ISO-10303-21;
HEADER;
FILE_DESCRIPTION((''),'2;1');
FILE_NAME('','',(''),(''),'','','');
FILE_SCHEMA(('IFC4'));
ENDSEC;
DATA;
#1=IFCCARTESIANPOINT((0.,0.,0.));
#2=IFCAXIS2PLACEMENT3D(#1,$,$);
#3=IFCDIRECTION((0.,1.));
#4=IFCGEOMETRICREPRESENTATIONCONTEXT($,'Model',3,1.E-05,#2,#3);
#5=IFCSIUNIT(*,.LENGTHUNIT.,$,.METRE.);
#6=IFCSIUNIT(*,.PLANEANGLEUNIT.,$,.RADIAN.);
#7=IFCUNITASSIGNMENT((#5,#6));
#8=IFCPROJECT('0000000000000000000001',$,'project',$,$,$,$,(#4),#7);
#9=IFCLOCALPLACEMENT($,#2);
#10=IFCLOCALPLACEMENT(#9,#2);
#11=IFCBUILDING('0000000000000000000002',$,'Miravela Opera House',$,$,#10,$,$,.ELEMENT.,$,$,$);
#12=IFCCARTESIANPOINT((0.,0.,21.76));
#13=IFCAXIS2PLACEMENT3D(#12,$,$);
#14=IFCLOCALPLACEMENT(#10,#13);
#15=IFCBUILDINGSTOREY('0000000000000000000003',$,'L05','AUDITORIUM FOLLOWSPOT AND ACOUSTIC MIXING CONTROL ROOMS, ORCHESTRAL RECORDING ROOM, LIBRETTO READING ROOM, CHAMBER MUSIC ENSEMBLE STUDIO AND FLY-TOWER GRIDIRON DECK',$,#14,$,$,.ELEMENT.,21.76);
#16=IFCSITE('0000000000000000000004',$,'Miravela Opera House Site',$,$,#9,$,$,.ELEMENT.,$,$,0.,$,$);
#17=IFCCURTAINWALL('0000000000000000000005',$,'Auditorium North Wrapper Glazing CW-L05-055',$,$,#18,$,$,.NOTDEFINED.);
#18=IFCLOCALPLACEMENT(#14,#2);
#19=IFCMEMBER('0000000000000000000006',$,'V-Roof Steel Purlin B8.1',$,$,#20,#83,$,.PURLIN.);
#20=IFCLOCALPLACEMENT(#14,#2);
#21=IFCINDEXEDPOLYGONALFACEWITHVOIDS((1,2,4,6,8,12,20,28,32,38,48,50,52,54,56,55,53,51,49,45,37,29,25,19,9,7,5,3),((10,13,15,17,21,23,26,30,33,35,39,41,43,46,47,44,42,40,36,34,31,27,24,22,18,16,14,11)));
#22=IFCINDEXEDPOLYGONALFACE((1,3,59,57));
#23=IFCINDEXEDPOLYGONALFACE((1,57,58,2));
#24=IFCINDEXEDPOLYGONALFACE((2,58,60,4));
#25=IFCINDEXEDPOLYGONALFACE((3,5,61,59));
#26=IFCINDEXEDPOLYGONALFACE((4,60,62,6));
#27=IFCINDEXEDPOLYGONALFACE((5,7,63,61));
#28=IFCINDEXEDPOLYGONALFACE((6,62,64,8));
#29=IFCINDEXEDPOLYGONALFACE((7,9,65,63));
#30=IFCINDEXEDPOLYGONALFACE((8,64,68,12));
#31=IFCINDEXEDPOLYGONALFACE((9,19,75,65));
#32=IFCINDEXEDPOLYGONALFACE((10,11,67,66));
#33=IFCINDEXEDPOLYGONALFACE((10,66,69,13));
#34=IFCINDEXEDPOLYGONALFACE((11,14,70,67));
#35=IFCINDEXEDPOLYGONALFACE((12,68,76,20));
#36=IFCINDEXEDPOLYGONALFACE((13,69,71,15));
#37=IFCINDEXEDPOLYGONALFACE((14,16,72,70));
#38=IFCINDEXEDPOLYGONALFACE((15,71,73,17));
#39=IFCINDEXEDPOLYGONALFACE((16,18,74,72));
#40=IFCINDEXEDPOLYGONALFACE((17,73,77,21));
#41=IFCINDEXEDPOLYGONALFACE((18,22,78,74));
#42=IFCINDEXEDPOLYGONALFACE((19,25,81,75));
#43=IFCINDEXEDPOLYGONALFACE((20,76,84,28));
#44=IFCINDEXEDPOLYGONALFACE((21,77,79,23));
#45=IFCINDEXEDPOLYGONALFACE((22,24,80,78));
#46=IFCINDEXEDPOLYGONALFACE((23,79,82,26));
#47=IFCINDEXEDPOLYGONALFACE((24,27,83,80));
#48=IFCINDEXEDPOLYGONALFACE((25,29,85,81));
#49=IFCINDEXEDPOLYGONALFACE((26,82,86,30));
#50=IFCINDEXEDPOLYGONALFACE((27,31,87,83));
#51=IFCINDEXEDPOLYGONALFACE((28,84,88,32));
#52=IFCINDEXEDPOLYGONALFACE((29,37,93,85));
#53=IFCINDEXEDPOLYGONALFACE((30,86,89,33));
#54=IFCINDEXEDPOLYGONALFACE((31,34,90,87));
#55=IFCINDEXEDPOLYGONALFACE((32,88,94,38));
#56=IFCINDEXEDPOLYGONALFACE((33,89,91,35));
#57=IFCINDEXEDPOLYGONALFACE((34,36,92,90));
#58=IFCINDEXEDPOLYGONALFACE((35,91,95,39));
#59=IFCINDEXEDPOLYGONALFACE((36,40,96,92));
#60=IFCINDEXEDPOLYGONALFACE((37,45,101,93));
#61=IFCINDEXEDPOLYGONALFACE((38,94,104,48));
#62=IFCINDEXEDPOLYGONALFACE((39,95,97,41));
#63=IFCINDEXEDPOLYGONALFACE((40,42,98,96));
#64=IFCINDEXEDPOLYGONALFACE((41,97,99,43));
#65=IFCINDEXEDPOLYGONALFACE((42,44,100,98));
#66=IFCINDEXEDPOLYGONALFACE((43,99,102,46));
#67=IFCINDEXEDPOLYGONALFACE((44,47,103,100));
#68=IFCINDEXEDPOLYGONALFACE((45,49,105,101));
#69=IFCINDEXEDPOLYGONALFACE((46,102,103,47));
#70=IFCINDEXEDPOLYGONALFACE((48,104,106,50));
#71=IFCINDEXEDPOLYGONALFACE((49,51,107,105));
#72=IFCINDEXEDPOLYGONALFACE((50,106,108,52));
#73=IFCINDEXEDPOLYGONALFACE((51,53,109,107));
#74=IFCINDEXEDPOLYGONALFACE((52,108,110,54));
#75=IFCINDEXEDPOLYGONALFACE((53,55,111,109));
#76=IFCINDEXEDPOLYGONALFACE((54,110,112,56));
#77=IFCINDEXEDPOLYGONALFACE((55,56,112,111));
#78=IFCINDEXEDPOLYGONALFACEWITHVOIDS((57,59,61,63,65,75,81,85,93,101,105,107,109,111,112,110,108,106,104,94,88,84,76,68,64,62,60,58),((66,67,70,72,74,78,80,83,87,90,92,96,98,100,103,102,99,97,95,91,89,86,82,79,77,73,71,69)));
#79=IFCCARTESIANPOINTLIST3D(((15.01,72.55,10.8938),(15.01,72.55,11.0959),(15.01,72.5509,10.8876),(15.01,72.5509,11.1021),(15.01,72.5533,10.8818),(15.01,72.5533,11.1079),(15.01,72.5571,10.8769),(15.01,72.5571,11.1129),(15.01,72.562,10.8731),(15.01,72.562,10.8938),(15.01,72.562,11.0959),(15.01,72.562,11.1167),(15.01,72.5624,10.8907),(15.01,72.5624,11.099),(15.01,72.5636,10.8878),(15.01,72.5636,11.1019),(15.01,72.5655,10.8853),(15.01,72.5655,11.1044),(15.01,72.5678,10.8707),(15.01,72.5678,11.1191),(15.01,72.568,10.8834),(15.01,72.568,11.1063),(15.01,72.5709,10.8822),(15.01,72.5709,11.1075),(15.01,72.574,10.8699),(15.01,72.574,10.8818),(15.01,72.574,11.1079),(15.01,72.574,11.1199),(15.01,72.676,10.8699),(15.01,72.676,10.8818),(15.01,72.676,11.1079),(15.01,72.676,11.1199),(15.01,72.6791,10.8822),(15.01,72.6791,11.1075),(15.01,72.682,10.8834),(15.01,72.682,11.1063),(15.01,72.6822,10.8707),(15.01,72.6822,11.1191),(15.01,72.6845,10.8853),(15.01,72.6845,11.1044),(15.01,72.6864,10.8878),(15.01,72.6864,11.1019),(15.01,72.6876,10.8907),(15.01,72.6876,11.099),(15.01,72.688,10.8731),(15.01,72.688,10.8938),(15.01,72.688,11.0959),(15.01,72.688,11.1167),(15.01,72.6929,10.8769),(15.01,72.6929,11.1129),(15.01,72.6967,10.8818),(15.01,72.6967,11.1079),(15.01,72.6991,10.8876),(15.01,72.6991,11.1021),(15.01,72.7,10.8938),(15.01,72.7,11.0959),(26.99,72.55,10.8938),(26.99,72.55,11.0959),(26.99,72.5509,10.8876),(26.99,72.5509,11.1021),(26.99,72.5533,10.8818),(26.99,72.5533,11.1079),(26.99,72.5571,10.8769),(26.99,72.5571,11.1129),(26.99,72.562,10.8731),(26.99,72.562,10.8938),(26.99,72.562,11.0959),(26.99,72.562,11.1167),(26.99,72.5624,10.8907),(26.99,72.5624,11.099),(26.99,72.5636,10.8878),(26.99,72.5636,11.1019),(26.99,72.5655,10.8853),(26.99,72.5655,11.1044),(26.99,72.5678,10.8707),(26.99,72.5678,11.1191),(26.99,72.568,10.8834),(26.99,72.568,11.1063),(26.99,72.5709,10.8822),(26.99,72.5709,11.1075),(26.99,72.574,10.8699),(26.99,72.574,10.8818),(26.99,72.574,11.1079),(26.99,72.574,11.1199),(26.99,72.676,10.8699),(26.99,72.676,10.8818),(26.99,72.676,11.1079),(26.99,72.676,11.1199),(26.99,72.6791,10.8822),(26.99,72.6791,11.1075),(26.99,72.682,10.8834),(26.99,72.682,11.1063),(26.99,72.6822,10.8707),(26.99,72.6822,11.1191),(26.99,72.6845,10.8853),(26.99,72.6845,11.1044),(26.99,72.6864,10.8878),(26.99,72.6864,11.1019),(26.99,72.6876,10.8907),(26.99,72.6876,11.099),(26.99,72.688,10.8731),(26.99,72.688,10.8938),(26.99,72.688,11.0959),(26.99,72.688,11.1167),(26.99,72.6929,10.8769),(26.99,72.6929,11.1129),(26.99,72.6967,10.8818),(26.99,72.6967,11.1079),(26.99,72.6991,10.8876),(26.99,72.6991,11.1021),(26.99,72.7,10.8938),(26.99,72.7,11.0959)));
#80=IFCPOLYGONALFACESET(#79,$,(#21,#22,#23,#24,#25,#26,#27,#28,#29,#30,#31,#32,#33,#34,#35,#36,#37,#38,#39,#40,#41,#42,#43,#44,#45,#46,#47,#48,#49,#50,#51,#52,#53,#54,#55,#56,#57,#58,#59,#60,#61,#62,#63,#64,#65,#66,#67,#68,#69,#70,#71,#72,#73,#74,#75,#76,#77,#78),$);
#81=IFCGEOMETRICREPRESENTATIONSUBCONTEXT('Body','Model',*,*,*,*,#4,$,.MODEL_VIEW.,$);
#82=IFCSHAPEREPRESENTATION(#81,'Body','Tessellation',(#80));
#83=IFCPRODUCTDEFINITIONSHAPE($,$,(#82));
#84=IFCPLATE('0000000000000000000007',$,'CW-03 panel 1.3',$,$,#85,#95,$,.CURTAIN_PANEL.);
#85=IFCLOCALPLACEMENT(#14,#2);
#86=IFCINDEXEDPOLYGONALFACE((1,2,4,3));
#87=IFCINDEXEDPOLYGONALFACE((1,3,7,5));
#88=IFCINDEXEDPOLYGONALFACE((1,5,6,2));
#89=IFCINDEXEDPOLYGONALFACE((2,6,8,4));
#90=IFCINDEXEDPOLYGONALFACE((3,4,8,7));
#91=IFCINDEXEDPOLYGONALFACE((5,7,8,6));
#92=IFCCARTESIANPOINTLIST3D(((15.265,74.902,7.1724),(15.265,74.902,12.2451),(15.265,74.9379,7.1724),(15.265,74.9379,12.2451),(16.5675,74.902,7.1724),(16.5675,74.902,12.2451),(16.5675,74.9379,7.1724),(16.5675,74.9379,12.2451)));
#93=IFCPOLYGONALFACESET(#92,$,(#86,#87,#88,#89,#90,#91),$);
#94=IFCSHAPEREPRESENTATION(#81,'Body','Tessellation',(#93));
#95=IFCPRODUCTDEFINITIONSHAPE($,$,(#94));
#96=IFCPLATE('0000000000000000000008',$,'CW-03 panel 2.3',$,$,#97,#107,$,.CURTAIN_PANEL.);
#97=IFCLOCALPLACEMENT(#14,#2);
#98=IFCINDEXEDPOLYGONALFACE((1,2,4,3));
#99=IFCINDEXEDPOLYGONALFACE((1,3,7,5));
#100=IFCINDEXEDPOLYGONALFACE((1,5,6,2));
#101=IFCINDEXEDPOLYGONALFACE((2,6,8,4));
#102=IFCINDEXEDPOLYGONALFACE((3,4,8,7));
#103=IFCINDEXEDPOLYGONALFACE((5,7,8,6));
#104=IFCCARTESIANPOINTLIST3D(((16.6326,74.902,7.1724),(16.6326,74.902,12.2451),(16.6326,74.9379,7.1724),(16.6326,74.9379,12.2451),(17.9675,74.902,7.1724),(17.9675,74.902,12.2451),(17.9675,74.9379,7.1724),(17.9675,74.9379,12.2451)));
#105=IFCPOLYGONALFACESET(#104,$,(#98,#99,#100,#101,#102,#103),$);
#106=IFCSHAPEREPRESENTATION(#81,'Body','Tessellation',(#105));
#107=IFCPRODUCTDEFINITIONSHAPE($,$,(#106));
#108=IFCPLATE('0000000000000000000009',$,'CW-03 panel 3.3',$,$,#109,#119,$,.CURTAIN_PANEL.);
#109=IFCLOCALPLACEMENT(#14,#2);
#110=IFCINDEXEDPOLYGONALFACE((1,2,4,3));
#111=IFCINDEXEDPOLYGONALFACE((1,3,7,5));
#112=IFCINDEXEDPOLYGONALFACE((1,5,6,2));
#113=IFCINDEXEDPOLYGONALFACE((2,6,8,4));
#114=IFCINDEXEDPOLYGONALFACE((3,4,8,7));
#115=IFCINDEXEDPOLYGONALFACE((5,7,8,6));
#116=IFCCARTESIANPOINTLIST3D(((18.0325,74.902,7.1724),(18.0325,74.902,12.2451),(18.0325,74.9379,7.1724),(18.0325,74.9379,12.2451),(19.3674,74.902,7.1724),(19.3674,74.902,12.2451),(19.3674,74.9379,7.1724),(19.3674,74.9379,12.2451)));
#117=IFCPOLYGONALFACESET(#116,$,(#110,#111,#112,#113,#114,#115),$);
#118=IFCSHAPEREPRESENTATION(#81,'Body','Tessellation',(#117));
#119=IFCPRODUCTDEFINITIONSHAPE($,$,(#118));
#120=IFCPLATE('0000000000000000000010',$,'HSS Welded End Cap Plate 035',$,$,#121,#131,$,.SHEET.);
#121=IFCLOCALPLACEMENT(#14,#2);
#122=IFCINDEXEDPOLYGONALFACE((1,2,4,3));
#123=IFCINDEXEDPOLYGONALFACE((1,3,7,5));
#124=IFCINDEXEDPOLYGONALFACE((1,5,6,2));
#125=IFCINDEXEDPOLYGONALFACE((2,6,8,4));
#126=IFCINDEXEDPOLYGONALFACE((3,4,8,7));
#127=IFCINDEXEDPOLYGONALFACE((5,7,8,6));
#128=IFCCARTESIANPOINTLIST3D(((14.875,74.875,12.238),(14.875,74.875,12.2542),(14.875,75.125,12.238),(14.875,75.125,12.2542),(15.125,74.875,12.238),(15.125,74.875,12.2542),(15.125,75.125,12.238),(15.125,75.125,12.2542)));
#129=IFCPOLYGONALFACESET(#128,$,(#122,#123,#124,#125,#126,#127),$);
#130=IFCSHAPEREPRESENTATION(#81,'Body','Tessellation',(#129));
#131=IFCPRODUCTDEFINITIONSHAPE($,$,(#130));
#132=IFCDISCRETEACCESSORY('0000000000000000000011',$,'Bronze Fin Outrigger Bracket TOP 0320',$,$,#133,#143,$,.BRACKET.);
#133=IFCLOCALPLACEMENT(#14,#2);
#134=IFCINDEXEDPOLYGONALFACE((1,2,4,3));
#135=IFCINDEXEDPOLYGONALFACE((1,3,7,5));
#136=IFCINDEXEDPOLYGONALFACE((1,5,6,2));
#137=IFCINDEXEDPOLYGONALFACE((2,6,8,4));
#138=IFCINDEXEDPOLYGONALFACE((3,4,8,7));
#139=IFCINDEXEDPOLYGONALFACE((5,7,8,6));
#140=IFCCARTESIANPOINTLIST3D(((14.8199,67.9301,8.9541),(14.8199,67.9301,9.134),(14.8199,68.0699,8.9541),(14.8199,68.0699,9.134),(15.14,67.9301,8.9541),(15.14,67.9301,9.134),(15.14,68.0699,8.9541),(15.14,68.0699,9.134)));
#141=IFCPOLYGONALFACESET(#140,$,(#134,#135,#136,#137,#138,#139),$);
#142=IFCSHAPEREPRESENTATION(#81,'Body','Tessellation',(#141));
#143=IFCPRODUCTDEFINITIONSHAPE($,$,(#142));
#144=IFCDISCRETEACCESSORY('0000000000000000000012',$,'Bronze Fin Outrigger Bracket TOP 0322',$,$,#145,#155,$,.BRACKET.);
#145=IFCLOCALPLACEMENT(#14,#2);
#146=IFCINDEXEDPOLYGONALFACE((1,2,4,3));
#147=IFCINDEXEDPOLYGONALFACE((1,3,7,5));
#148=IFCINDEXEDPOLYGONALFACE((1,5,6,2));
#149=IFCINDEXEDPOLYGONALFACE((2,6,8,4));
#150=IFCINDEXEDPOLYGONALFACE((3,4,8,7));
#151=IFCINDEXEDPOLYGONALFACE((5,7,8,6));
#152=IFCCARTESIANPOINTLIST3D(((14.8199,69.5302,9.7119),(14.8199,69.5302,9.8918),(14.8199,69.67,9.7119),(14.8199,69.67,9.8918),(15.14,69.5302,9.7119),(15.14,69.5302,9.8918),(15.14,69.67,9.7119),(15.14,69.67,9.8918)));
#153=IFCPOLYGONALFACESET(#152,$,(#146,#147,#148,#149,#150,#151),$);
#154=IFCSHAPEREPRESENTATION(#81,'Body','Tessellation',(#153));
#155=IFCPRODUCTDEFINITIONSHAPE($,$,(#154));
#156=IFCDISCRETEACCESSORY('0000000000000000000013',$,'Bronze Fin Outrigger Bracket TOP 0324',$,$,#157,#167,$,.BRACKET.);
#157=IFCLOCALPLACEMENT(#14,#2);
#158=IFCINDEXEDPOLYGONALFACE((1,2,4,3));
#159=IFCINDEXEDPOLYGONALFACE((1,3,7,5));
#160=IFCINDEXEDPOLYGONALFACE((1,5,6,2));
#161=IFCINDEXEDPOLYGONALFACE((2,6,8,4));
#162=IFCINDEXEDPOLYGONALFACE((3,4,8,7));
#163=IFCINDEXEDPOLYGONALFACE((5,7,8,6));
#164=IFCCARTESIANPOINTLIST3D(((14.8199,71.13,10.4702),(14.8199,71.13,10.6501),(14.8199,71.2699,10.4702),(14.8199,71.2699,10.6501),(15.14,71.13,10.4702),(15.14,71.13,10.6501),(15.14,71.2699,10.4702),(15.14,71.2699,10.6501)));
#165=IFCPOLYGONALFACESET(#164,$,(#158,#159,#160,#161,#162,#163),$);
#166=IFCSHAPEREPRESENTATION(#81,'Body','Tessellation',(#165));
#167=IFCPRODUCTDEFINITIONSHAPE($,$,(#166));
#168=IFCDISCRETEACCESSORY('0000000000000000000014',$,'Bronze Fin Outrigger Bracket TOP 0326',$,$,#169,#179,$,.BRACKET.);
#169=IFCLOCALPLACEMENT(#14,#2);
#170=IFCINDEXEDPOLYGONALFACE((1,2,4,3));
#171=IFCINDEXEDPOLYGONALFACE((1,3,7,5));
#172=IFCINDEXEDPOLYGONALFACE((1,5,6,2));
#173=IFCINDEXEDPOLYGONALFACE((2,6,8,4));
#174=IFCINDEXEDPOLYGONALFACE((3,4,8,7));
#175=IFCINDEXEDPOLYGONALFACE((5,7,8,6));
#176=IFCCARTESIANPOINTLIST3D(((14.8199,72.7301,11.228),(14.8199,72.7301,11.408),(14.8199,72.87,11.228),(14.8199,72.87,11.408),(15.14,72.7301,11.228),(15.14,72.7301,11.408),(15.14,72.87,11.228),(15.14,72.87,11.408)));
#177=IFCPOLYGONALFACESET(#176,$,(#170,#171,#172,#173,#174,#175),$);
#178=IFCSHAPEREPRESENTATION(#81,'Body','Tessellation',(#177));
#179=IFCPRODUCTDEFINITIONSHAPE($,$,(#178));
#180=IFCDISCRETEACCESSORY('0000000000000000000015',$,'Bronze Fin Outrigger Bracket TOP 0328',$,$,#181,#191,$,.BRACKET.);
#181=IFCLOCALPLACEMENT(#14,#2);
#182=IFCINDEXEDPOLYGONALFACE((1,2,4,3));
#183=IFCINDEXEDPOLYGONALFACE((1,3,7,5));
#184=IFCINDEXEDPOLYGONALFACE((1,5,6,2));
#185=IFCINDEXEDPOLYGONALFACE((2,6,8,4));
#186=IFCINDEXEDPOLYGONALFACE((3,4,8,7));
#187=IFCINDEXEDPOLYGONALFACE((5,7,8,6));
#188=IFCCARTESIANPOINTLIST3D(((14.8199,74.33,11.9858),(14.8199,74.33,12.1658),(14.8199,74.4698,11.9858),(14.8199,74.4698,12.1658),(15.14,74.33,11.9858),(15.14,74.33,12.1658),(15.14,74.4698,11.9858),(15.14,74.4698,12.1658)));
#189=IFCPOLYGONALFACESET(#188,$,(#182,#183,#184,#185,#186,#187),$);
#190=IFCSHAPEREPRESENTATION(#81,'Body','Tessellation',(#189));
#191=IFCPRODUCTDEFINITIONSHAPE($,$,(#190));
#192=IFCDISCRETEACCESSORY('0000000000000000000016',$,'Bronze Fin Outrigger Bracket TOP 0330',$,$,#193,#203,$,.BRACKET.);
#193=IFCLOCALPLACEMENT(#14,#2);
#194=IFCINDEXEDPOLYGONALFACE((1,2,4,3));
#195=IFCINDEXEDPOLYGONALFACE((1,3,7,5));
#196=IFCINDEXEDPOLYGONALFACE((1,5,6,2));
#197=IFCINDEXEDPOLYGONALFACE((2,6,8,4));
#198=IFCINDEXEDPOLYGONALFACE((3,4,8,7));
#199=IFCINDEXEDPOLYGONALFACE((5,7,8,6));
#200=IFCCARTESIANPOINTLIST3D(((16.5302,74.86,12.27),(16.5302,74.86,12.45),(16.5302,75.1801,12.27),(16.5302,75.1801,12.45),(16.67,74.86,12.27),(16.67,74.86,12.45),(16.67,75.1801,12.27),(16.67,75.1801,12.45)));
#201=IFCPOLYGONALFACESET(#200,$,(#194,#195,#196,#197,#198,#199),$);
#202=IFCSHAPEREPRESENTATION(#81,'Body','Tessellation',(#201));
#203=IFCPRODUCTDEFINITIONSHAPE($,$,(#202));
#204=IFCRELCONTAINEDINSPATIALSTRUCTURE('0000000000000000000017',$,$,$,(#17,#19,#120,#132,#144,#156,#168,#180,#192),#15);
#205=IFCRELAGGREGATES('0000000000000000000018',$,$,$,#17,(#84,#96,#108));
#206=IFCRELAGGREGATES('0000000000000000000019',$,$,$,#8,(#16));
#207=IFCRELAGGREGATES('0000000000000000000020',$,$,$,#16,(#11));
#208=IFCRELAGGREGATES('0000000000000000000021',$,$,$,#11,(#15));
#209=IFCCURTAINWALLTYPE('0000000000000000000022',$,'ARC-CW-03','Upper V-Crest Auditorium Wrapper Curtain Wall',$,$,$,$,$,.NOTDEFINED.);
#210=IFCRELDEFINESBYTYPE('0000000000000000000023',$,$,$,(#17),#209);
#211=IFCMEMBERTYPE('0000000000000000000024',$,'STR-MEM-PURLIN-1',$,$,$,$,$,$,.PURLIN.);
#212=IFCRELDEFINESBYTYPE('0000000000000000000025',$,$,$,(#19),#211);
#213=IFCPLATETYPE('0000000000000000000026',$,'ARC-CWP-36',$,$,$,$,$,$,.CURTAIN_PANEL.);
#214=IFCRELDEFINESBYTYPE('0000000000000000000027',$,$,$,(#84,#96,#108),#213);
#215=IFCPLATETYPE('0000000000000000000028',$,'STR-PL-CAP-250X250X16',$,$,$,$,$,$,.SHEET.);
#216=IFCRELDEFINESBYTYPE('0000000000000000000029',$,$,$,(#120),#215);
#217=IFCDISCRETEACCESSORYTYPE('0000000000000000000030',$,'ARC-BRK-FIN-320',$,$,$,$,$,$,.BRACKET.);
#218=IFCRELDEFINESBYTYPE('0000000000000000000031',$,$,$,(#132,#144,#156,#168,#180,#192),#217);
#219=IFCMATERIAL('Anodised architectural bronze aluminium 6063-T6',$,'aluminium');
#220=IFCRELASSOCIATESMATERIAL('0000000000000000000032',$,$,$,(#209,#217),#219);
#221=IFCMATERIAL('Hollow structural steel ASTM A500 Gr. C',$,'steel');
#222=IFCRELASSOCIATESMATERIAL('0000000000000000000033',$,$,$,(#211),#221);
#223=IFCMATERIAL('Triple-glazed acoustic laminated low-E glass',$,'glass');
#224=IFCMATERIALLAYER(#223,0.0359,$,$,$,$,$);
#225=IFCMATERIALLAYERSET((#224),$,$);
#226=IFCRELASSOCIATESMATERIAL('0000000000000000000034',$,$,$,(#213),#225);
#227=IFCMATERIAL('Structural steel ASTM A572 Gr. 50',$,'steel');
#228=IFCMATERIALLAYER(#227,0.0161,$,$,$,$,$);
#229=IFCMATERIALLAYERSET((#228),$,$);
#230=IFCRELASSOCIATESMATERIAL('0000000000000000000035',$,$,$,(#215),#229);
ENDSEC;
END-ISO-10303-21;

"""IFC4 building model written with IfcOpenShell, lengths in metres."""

from ifc_helpers import new_model, si_unit, direction, frame, origin, origin_2d, place, context, subcontext, project, spatial, rectangle, hollow_rectangle, extrude, material, layer, layer_set, material_profile, profile_set, type_object, element, aggregate, save


model = new_model("IFC4")

# Units and contexts
model_context = context("Model", 3, precision=1e-05, world=origin(), true_north=direction((0.0, 1.0)))
body_context = subcontext(model_context, "Body", "Model", "MODEL_VIEW")
ifc_project = project(units=[si_unit("LENGTHUNIT", "METRE"), si_unit("PLANEANGLEUNIT", "RADIAN")], contexts=[model_context])

# Site, building, storey
site_placement = place(None, origin())
site = spatial("IfcSite", under=ifc_project, at=site_placement, Name="Miravela Opera House Site", CompositionType="ELEMENT", RefElevation=0.0)
building_placement = place(site_placement, origin())
building = spatial("IfcBuilding", under=site, at=building_placement, Name="Miravela Opera House", CompositionType="ELEMENT")
storey_placement = place(building_placement, frame((0.0, 0.0, 21.76)))
storey = spatial("IfcBuildingStorey", under=building, at=storey_placement, Name="L05", Description="AUDITORIUM FOLLOWSPOT AND ACOUSTIC MIXING CONTROL ROOMS, ORCHESTRAL RECORDING ROOM, LIBRETTO READING ROOM, CHAMBER MUSIC ENSEMBLE STUDIO AND FLY-TOWER GRIDIRON DECK", CompositionType="ELEMENT", Elevation=21.76)

# Curtain wall
ifc_material_1 = material(Name="Anodised architectural bronze aluminium 6063-T6", Category="aluminium")
curtain_wall_type = type_object("IfcCurtainWallType", Name="ARC-CW-03", Description="Upper V-Crest Auditorium Wrapper Curtain Wall", PredefinedType="NOTDEFINED", material=ifc_material_1)
curtain_wall_1_placement = place(storey_placement, origin())
curtain_wall_1 = element("IfcCurtainWall", 1, at=curtain_wall_1_placement, inside=storey, type_object=curtain_wall_type, Name="Auditorium North Wrapper Glazing CW-L05-055", PredefinedType="NOTDEFINED")

# Member
ifc_material_2 = material(Name="Hollow structural steel ASTM A500 Gr. C", Category="steel")
ifc_material_profile_1 = material_profile(ifc_material_2, hollow_rectangle(XDim=0.1499, YDim=0.25, WallThickness=0.012, InnerFilletRadius=0.012, OuterFilletRadius=0.0239, at=origin_2d()), Name="HSS250X150X12")
ifc_profile_set_1 = profile_set([ifc_material_profile_1])
member_type_1 = type_object("IfcMemberType", Name="STR-MEM-PURLIN-1", PredefinedType="PURLIN", material=ifc_profile_set_1)
for number, where, z_axis, x_axis, name in (
    (2, (15.01, 72.625, 10.9949), (1.0, 0.0, 0.0), (0.0, 1.0, 0.0), "V-Roof Steel Purlin B8.1"),
):
    element("IfcMember", number, at=place(storey_placement, frame(where, z_axis=z_axis, x_axis=x_axis)), inside=storey, type_object=member_type_1, Name=name, PredefinedType="PURLIN", context=body_context, shape_type="SweptSolid", body=[
        extrude(hollow_rectangle(XDim=0.1499, YDim=0.25, WallThickness=0.012, InnerFilletRadius=0.012, OuterFilletRadius=0.0239, at=origin_2d()), origin(), (0.0, 0.0, 1.0), 11.98),
    ])

# Plates
ifc_material_3 = material(Name="Triple-glazed acoustic laminated low-E glass", Category="glass")
ifc_layer_1 = layer(ifc_material_3, 0.0359)
ifc_layer_set_1 = layer_set([ifc_layer_1])
plate_type_1 = type_object("IfcPlateType", Name="ARC-CWP-36", PredefinedType="CURTAIN_PANEL", material=ifc_layer_set_1)
plate_1_placement = place(storey_placement, frame((15.9163, 74.9199, 7.1724), z_axis=(0.0, 0.0, 1.0), x_axis=(1.0, 0.0, 0.0)))
plate_1 = element("IfcPlate", 3, at=plate_1_placement, type_object=plate_type_1, Name="CW-03 panel 1.3", PredefinedType="CURTAIN_PANEL", context=body_context, shape_type="SweptSolid", body=[
    extrude(rectangle(XDim=1.3025, YDim=0.0359, at=origin_2d()), origin(), (0.0, 0.0, 1.0), 5.0728),
])
plate_2_placement = place(storey_placement, frame((17.3, 74.9199, 7.1724), z_axis=(0.0, 0.0, 1.0), x_axis=(1.0, 0.0, 0.0)))
plate_2 = element("IfcPlate", 4, at=plate_2_placement, type_object=plate_type_1, Name="CW-03 panel 2.3", PredefinedType="CURTAIN_PANEL", context=body_context, shape_type="SweptSolid", body=[
    extrude(rectangle(XDim=1.335, YDim=0.0359, at=origin_2d()), origin(), (0.0, 0.0, 1.0), 5.0728),
])
plate_3_placement = place(storey_placement, frame((18.7, 74.9199, 7.1724), z_axis=(0.0, 0.0, 1.0), x_axis=(1.0, 0.0, 0.0)))
plate_3 = element("IfcPlate", 5, at=plate_3_placement, type_object=plate_type_1, Name="CW-03 panel 3.3", PredefinedType="CURTAIN_PANEL", context=body_context, shape_type="SweptSolid", body=[
    extrude(rectangle(XDim=1.335, YDim=0.0359, at=origin_2d()), origin(), (0.0, 0.0, 1.0), 5.0728),
])
aggregate(curtain_wall_1, [plate_1, plate_2, plate_3])
ifc_material_4 = material(Name="Structural steel ASTM A572 Gr. 50", Category="steel")
ifc_layer_2 = layer(ifc_material_4, 0.0161)
ifc_layer_set_2 = layer_set([ifc_layer_2])
plate_type_2 = type_object("IfcPlateType", Name="STR-PL-CAP-250X250X16", PredefinedType="SHEET", material=ifc_layer_set_2)
plate_4_placement = place(storey_placement, frame((15.0, 75.0, 12.238), z_axis=(0.0, 0.0, 1.0), x_axis=(1.0, 0.0, 0.0)))
element("IfcPlate", 6, at=plate_4_placement, inside=storey, type_object=plate_type_2, Name="HSS Welded End Cap Plate 035", PredefinedType="SHEET", context=body_context, shape_type="SweptSolid", body=[
    extrude(rectangle(XDim=0.25, YDim=0.25, at=origin_2d()), origin(), (0.0, 0.0, 1.0), 0.0161),
])

# Discrete accessories
discrete_accessory_type = type_object("IfcDiscreteAccessoryType", Name="ARC-BRK-FIN-320", PredefinedType="BRACKET", material=ifc_material_1)
for number, where, z_axis, x_axis, name in (
    (7, (14.98, 68.0, 8.9541), (0.0, 0.0, 1.0), (1.0, 0.0, 0.0), "Bronze Fin Outrigger Bracket TOP 0320"),
    (8, (14.98, 69.6001, 9.7119), (0.0, 0.0, 1.0), (1.0, 0.0, 0.0), "Bronze Fin Outrigger Bracket TOP 0322"),
    (9, (14.98, 71.2, 10.4702), (0.0, 0.0, 1.0), (1.0, 0.0, 0.0), "Bronze Fin Outrigger Bracket TOP 0324"),
    (10, (14.98, 72.8, 11.228), (0.0, 0.0, 1.0), (1.0, 0.0, 0.0), "Bronze Fin Outrigger Bracket TOP 0326"),
    (11, (14.98, 74.3999, 11.9858), (0.0, 0.0, 1.0), (1.0, 0.0, 0.0), "Bronze Fin Outrigger Bracket TOP 0328"),
    (12, (16.6001, 75.02, 12.27), (0.0, 0.0, 1.0), (0.0, 1.0, 0.0), "Bronze Fin Outrigger Bracket TOP 0330"),
):
    element("IfcDiscreteAccessory", number, at=place(storey_placement, frame(where, z_axis=z_axis, x_axis=x_axis)), inside=storey, type_object=discrete_accessory_type, Name=name, PredefinedType="BRACKET", context=body_context, shape_type="SweptSolid", body=[
        extrude(rectangle(XDim=0.3201, YDim=0.1399, at=origin_2d()), origin(), (0.0, 0.0, 1.0), 0.1799),
    ])

save(model, "model.ifc")
